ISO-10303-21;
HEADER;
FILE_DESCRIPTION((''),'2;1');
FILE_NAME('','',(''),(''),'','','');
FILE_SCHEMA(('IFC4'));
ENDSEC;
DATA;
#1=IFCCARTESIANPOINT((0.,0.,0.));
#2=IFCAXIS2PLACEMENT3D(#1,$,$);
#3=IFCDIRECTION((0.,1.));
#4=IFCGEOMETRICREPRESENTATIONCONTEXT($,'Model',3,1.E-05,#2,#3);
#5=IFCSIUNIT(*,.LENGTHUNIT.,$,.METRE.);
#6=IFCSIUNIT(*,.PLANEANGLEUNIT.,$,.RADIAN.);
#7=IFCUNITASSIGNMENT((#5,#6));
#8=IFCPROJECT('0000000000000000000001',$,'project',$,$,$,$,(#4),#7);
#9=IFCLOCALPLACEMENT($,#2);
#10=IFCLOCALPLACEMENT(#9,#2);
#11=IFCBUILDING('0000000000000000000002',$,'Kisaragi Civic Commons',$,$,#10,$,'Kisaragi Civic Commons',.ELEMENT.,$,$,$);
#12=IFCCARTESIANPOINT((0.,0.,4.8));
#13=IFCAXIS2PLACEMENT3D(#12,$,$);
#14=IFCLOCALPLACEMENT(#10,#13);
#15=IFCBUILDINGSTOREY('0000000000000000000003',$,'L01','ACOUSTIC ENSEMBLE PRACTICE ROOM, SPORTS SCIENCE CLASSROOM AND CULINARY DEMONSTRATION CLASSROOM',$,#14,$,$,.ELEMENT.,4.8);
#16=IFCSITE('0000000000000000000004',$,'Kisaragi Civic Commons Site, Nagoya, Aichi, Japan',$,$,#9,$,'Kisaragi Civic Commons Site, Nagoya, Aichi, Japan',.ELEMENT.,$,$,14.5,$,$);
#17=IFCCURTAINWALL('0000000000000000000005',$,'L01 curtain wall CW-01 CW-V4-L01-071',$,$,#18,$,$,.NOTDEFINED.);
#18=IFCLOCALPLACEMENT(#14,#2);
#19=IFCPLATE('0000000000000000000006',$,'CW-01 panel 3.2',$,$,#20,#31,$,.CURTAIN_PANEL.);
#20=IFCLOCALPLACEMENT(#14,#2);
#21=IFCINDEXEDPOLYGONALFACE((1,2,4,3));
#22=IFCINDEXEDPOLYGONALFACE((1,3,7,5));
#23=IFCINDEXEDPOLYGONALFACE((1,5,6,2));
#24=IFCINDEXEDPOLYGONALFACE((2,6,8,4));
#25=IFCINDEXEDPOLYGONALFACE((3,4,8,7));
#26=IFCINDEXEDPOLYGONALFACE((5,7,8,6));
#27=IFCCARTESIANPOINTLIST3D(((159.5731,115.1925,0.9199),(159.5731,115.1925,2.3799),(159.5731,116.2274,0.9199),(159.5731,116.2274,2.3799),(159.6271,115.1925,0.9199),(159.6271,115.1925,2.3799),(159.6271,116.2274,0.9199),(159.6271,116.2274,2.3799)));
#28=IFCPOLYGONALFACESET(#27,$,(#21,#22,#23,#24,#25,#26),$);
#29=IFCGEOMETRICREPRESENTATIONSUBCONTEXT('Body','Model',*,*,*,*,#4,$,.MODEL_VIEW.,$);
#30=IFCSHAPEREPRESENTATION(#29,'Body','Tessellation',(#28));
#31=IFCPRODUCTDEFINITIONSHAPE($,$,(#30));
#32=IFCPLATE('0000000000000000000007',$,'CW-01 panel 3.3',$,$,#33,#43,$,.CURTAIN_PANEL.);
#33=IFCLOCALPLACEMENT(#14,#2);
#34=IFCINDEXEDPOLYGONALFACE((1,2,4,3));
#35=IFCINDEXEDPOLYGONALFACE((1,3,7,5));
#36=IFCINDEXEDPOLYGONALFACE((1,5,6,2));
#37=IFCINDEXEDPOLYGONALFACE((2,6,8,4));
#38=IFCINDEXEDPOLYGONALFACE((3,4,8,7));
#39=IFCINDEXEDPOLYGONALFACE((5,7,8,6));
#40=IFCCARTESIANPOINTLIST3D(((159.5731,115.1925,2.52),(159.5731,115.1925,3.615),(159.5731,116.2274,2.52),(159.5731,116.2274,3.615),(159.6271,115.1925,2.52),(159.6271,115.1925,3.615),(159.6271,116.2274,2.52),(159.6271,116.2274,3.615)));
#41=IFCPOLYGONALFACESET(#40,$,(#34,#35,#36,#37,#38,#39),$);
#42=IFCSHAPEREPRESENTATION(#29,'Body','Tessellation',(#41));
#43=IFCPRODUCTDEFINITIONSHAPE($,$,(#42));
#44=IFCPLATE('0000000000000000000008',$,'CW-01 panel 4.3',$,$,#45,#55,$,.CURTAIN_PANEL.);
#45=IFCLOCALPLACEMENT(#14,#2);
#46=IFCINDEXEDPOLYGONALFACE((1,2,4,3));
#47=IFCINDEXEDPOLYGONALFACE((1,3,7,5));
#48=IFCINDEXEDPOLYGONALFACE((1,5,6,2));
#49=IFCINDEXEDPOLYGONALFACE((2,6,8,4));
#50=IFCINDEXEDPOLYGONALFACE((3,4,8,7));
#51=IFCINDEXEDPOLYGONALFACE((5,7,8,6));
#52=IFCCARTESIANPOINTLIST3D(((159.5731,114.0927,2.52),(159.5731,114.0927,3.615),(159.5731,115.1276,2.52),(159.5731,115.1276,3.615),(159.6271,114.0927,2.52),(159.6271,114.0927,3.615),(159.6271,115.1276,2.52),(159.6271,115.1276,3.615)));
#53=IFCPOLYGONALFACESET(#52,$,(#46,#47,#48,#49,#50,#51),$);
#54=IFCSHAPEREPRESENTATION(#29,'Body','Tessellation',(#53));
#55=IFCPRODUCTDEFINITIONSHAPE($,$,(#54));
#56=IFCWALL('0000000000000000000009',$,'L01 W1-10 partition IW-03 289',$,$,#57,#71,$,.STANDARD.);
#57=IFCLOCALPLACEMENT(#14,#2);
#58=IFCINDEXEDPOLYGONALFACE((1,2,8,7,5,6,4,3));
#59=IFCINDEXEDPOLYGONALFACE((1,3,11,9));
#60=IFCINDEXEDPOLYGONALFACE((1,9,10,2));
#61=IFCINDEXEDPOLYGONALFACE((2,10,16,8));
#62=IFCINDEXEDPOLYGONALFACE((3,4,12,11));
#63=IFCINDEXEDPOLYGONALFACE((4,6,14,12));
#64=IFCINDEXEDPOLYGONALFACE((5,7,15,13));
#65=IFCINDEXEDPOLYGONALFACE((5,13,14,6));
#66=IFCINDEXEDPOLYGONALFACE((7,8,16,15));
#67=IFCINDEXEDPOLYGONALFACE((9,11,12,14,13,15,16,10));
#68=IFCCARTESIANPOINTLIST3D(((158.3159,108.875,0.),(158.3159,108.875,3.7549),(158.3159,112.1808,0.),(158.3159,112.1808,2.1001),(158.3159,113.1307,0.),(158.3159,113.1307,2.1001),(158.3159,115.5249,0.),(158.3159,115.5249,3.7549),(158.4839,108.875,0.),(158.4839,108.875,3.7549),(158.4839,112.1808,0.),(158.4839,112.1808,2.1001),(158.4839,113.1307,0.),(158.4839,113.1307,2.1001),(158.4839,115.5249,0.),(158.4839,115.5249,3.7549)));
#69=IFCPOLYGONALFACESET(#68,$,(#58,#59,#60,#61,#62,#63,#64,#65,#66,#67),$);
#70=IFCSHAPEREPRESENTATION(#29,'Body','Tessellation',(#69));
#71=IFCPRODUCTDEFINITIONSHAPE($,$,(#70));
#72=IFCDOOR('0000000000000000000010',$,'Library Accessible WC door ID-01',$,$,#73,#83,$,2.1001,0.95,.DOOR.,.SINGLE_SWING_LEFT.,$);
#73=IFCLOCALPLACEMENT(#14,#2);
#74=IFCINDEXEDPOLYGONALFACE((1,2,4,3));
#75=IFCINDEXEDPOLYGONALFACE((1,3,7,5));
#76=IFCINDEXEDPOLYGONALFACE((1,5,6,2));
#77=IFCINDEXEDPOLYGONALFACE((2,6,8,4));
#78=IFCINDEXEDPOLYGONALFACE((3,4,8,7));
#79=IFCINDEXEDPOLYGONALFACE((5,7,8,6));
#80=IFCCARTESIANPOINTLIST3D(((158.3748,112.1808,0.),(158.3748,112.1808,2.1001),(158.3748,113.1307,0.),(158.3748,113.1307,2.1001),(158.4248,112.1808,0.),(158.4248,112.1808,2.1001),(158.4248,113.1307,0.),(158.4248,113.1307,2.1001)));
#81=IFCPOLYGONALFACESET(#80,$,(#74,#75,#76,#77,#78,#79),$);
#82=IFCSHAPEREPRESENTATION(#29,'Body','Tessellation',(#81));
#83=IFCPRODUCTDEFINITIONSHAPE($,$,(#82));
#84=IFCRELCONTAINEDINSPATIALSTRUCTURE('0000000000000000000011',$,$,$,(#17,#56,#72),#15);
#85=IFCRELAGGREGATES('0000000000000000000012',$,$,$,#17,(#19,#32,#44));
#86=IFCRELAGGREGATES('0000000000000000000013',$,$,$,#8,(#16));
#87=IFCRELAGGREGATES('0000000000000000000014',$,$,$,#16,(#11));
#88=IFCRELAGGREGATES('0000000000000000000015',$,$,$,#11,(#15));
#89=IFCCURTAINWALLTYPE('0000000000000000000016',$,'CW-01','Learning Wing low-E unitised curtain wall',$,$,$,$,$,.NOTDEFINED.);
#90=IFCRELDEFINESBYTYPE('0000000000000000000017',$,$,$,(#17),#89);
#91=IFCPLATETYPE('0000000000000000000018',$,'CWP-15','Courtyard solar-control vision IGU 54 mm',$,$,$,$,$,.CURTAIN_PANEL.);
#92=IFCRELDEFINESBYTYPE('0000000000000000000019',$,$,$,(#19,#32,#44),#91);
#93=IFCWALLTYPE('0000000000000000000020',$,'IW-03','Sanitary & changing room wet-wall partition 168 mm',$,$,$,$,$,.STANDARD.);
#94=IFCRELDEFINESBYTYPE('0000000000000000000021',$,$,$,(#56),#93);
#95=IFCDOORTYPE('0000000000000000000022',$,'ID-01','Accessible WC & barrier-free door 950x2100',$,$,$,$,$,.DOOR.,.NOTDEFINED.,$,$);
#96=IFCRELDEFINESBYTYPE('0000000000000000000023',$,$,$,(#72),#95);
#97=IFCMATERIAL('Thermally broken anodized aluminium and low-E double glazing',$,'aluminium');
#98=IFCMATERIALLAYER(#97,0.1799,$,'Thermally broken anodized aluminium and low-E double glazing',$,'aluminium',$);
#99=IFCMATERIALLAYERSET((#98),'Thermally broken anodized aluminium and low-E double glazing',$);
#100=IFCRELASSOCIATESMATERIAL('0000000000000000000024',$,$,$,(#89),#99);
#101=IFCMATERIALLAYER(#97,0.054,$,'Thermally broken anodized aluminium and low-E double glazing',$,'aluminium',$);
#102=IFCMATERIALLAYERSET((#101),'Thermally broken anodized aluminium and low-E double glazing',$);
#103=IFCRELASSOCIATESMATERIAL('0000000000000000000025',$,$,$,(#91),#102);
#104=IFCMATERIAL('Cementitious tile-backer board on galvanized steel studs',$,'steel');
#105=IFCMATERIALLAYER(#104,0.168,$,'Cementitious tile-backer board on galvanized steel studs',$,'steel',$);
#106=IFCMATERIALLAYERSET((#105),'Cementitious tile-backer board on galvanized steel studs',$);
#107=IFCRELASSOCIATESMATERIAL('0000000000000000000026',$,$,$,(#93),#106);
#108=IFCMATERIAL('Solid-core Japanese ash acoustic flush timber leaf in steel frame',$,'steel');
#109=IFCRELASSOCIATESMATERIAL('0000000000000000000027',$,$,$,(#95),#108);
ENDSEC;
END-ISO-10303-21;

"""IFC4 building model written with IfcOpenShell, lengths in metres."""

from ifc_helpers import new_model, si_unit, direction, frame, frame_2d, origin, origin_2d, place, context, subcontext, project, spatial, rectangle, extrude, material, layer, layer_set, type_object, element, fill, aggregate, save


model = new_model("IFC4")

# Units and contexts
model_context = context("Model", 3, precision=1e-05, world=origin(), true_north=direction((0.0, 1.0)))
body_context = subcontext(model_context, "Body", "Model", "MODEL_VIEW")
ifc_project = project(units=[si_unit("LENGTHUNIT", "METRE"), si_unit("PLANEANGLEUNIT", "RADIAN")], contexts=[model_context])

# Site, building, storey
site_placement = place(None, origin())
site = spatial("IfcSite", under=ifc_project, at=site_placement, Name="Kisaragi Civic Commons Site, Nagoya, Aichi, Japan", LongName="Kisaragi Civic Commons Site, Nagoya, Aichi, Japan", CompositionType="ELEMENT", RefElevation=14.5)
building_placement = place(site_placement, origin())
building = spatial("IfcBuilding", under=site, at=building_placement, Name="Kisaragi Civic Commons", LongName="Kisaragi Civic Commons", CompositionType="ELEMENT")
storey_placement = place(building_placement, frame((0.0, 0.0, 4.8)))
storey = spatial("IfcBuildingStorey", under=building, at=storey_placement, Name="L01", Description="ACOUSTIC ENSEMBLE PRACTICE ROOM, SPORTS SCIENCE CLASSROOM AND CULINARY DEMONSTRATION CLASSROOM", CompositionType="ELEMENT", Elevation=4.8)

# Curtain wall, plates
ifc_material_1 = material(Name="Thermally broken anodized aluminium and low-E double glazing", Category="aluminium")
ifc_layer_1 = layer(ifc_material_1, 0.1799, Name="Thermally broken anodized aluminium and low-E double glazing", Category="aluminium")
ifc_layer_set_1 = layer_set([ifc_layer_1], Name="Thermally broken anodized aluminium and low-E double glazing")
curtain_wall_type = type_object("IfcCurtainWallType", Name="CW-01", Description="Learning Wing low-E unitised curtain wall", PredefinedType="NOTDEFINED", material=ifc_layer_set_1)
curtain_wall_placement = place(storey_placement, origin())
curtain_wall = element("IfcCurtainWall", 1, at=curtain_wall_placement, inside=storey, type_object=curtain_wall_type, Name="L01 curtain wall CW-01 CW-V4-L01-071", PredefinedType="NOTDEFINED")
ifc_layer_2 = layer(ifc_material_1, 0.054, Name="Thermally broken anodized aluminium and low-E double glazing", Category="aluminium")
ifc_layer_set_2 = layer_set([ifc_layer_2], Name="Thermally broken anodized aluminium and low-E double glazing")
plate_type = type_object("IfcPlateType", Name="CWP-15", Description="Courtyard solar-control vision IGU 54 mm", PredefinedType="CURTAIN_PANEL", material=ifc_layer_set_2)
plate_1_placement = place(storey_placement, frame((159.6001, 115.71, 0.9199), z_axis=(0.0, 0.0, 1.0), x_axis=(0.0, -1.0, 0.0)))
plate_1 = element("IfcPlate", 2, at=plate_1_placement, type_object=plate_type, Name="CW-01 panel 3.2", PredefinedType="CURTAIN_PANEL", context=body_context, shape_type="SweptSolid", body=[
    extrude(rectangle(XDim=1.0349, YDim=0.054, at=origin_2d()), origin(), (0.0, 0.0, 1.0), 1.46),
])
plate_2_placement = place(storey_placement, frame((159.6001, 115.71, 2.52), z_axis=(0.0, 0.0, 1.0), x_axis=(0.0, -1.0, 0.0)))
plate_2 = element("IfcPlate", 3, at=plate_2_placement, type_object=plate_type, Name="CW-01 panel 3.3", PredefinedType="CURTAIN_PANEL", context=body_context, shape_type="SweptSolid", body=[
    extrude(rectangle(XDim=1.0349, YDim=0.054, at=origin_2d()), origin(), (0.0, 0.0, 1.0), 1.095),
])
plate_3_placement = place(storey_placement, frame((159.6001, 114.6101, 2.52), z_axis=(0.0, 0.0, 1.0), x_axis=(0.0, -1.0, 0.0)))
plate_3 = element("IfcPlate", 4, at=plate_3_placement, type_object=plate_type, Name="CW-01 panel 4.3", PredefinedType="CURTAIN_PANEL", context=body_context, shape_type="SweptSolid", body=[
    extrude(rectangle(XDim=1.0349, YDim=0.054, at=origin_2d()), origin(), (0.0, 0.0, 1.0), 1.095),
])
aggregate(curtain_wall, [plate_1, plate_2, plate_3])

# Wall, opening, door
ifc_material_2 = material(Name="Cementitious tile-backer board on galvanized steel studs", Category="steel")
ifc_layer_3 = layer(ifc_material_2, 0.168, Name="Cementitious tile-backer board on galvanized steel studs", Category="steel")
ifc_layer_set_3 = layer_set([ifc_layer_3], Name="Cementitious tile-backer board on galvanized steel studs")
wall_type = type_object("IfcWallType", Name="IW-03", Description="Sanitary & changing room wet-wall partition 168 mm", PredefinedType="STANDARD", material=ifc_layer_set_3)
wall_placement = place(storey_placement, frame((158.3999, 115.5249, 0.0), z_axis=(0.0, 0.0, 1.0), x_axis=(0.0, -1.0, 0.0)))
wall = element("IfcWall", 5, at=wall_placement, inside=storey, type_object=wall_type, Name="L01 W1-10 partition IW-03 289", PredefinedType="STANDARD", context=body_context, shape_type="SweptSolid", body=[
    extrude(rectangle(XDim=6.6499, YDim=0.168, at=frame_2d((3.325, 0.0))), origin(), (0.0, 0.0, 1.0), 3.7549),
])
opening_placement = place(wall_placement, frame((2.394, 0.0, 0.0)))
opening = element("IfcOpeningElement", 6, at=opening_placement, cuts=wall, PredefinedType="OPENING", context=body_context, shape_type="SweptSolid", body=[
    extrude(rectangle(XDim=0.95, YDim=2.1001, at=frame_2d((0.4751, 1.05))), frame((0.0, 0.094, 0.0), z_axis=(0.0, -1.0, 0.0), x_axis=(1.0, 0.0, 0.0)), (0.0, 0.0, 1.0), 0.188),
])
ifc_material_3 = material(Name="Solid-core Japanese ash acoustic flush timber leaf in steel frame", Category="steel")
door_type = type_object("IfcDoorType", Name="ID-01", Description="Accessible WC & barrier-free door 950x2100", OperationType="NOTDEFINED", PredefinedType="DOOR", material=ifc_material_3)
door_placement = place(opening_placement, origin())
door = element("IfcDoor", 7, at=door_placement, inside=storey, type_object=door_type, Name="Library Accessible WC door ID-01", OperationType="SINGLE_SWING_LEFT", OverallHeight=2.1001, OverallWidth=0.95, PredefinedType="DOOR", context=body_context, shape_type="SweptSolid", body=[
    extrude(rectangle(XDim=0.95, YDim=2.1001, at=frame_2d((0.4751, 1.05))), frame((0.0, 0.0249, 0.0), z_axis=(0.0, -1.0, 0.0), x_axis=(1.0, 0.0, 0.0)), (0.0, 0.0, 1.0), 0.05),
])
fill(opening, door)

save(model, "model.ifc")
